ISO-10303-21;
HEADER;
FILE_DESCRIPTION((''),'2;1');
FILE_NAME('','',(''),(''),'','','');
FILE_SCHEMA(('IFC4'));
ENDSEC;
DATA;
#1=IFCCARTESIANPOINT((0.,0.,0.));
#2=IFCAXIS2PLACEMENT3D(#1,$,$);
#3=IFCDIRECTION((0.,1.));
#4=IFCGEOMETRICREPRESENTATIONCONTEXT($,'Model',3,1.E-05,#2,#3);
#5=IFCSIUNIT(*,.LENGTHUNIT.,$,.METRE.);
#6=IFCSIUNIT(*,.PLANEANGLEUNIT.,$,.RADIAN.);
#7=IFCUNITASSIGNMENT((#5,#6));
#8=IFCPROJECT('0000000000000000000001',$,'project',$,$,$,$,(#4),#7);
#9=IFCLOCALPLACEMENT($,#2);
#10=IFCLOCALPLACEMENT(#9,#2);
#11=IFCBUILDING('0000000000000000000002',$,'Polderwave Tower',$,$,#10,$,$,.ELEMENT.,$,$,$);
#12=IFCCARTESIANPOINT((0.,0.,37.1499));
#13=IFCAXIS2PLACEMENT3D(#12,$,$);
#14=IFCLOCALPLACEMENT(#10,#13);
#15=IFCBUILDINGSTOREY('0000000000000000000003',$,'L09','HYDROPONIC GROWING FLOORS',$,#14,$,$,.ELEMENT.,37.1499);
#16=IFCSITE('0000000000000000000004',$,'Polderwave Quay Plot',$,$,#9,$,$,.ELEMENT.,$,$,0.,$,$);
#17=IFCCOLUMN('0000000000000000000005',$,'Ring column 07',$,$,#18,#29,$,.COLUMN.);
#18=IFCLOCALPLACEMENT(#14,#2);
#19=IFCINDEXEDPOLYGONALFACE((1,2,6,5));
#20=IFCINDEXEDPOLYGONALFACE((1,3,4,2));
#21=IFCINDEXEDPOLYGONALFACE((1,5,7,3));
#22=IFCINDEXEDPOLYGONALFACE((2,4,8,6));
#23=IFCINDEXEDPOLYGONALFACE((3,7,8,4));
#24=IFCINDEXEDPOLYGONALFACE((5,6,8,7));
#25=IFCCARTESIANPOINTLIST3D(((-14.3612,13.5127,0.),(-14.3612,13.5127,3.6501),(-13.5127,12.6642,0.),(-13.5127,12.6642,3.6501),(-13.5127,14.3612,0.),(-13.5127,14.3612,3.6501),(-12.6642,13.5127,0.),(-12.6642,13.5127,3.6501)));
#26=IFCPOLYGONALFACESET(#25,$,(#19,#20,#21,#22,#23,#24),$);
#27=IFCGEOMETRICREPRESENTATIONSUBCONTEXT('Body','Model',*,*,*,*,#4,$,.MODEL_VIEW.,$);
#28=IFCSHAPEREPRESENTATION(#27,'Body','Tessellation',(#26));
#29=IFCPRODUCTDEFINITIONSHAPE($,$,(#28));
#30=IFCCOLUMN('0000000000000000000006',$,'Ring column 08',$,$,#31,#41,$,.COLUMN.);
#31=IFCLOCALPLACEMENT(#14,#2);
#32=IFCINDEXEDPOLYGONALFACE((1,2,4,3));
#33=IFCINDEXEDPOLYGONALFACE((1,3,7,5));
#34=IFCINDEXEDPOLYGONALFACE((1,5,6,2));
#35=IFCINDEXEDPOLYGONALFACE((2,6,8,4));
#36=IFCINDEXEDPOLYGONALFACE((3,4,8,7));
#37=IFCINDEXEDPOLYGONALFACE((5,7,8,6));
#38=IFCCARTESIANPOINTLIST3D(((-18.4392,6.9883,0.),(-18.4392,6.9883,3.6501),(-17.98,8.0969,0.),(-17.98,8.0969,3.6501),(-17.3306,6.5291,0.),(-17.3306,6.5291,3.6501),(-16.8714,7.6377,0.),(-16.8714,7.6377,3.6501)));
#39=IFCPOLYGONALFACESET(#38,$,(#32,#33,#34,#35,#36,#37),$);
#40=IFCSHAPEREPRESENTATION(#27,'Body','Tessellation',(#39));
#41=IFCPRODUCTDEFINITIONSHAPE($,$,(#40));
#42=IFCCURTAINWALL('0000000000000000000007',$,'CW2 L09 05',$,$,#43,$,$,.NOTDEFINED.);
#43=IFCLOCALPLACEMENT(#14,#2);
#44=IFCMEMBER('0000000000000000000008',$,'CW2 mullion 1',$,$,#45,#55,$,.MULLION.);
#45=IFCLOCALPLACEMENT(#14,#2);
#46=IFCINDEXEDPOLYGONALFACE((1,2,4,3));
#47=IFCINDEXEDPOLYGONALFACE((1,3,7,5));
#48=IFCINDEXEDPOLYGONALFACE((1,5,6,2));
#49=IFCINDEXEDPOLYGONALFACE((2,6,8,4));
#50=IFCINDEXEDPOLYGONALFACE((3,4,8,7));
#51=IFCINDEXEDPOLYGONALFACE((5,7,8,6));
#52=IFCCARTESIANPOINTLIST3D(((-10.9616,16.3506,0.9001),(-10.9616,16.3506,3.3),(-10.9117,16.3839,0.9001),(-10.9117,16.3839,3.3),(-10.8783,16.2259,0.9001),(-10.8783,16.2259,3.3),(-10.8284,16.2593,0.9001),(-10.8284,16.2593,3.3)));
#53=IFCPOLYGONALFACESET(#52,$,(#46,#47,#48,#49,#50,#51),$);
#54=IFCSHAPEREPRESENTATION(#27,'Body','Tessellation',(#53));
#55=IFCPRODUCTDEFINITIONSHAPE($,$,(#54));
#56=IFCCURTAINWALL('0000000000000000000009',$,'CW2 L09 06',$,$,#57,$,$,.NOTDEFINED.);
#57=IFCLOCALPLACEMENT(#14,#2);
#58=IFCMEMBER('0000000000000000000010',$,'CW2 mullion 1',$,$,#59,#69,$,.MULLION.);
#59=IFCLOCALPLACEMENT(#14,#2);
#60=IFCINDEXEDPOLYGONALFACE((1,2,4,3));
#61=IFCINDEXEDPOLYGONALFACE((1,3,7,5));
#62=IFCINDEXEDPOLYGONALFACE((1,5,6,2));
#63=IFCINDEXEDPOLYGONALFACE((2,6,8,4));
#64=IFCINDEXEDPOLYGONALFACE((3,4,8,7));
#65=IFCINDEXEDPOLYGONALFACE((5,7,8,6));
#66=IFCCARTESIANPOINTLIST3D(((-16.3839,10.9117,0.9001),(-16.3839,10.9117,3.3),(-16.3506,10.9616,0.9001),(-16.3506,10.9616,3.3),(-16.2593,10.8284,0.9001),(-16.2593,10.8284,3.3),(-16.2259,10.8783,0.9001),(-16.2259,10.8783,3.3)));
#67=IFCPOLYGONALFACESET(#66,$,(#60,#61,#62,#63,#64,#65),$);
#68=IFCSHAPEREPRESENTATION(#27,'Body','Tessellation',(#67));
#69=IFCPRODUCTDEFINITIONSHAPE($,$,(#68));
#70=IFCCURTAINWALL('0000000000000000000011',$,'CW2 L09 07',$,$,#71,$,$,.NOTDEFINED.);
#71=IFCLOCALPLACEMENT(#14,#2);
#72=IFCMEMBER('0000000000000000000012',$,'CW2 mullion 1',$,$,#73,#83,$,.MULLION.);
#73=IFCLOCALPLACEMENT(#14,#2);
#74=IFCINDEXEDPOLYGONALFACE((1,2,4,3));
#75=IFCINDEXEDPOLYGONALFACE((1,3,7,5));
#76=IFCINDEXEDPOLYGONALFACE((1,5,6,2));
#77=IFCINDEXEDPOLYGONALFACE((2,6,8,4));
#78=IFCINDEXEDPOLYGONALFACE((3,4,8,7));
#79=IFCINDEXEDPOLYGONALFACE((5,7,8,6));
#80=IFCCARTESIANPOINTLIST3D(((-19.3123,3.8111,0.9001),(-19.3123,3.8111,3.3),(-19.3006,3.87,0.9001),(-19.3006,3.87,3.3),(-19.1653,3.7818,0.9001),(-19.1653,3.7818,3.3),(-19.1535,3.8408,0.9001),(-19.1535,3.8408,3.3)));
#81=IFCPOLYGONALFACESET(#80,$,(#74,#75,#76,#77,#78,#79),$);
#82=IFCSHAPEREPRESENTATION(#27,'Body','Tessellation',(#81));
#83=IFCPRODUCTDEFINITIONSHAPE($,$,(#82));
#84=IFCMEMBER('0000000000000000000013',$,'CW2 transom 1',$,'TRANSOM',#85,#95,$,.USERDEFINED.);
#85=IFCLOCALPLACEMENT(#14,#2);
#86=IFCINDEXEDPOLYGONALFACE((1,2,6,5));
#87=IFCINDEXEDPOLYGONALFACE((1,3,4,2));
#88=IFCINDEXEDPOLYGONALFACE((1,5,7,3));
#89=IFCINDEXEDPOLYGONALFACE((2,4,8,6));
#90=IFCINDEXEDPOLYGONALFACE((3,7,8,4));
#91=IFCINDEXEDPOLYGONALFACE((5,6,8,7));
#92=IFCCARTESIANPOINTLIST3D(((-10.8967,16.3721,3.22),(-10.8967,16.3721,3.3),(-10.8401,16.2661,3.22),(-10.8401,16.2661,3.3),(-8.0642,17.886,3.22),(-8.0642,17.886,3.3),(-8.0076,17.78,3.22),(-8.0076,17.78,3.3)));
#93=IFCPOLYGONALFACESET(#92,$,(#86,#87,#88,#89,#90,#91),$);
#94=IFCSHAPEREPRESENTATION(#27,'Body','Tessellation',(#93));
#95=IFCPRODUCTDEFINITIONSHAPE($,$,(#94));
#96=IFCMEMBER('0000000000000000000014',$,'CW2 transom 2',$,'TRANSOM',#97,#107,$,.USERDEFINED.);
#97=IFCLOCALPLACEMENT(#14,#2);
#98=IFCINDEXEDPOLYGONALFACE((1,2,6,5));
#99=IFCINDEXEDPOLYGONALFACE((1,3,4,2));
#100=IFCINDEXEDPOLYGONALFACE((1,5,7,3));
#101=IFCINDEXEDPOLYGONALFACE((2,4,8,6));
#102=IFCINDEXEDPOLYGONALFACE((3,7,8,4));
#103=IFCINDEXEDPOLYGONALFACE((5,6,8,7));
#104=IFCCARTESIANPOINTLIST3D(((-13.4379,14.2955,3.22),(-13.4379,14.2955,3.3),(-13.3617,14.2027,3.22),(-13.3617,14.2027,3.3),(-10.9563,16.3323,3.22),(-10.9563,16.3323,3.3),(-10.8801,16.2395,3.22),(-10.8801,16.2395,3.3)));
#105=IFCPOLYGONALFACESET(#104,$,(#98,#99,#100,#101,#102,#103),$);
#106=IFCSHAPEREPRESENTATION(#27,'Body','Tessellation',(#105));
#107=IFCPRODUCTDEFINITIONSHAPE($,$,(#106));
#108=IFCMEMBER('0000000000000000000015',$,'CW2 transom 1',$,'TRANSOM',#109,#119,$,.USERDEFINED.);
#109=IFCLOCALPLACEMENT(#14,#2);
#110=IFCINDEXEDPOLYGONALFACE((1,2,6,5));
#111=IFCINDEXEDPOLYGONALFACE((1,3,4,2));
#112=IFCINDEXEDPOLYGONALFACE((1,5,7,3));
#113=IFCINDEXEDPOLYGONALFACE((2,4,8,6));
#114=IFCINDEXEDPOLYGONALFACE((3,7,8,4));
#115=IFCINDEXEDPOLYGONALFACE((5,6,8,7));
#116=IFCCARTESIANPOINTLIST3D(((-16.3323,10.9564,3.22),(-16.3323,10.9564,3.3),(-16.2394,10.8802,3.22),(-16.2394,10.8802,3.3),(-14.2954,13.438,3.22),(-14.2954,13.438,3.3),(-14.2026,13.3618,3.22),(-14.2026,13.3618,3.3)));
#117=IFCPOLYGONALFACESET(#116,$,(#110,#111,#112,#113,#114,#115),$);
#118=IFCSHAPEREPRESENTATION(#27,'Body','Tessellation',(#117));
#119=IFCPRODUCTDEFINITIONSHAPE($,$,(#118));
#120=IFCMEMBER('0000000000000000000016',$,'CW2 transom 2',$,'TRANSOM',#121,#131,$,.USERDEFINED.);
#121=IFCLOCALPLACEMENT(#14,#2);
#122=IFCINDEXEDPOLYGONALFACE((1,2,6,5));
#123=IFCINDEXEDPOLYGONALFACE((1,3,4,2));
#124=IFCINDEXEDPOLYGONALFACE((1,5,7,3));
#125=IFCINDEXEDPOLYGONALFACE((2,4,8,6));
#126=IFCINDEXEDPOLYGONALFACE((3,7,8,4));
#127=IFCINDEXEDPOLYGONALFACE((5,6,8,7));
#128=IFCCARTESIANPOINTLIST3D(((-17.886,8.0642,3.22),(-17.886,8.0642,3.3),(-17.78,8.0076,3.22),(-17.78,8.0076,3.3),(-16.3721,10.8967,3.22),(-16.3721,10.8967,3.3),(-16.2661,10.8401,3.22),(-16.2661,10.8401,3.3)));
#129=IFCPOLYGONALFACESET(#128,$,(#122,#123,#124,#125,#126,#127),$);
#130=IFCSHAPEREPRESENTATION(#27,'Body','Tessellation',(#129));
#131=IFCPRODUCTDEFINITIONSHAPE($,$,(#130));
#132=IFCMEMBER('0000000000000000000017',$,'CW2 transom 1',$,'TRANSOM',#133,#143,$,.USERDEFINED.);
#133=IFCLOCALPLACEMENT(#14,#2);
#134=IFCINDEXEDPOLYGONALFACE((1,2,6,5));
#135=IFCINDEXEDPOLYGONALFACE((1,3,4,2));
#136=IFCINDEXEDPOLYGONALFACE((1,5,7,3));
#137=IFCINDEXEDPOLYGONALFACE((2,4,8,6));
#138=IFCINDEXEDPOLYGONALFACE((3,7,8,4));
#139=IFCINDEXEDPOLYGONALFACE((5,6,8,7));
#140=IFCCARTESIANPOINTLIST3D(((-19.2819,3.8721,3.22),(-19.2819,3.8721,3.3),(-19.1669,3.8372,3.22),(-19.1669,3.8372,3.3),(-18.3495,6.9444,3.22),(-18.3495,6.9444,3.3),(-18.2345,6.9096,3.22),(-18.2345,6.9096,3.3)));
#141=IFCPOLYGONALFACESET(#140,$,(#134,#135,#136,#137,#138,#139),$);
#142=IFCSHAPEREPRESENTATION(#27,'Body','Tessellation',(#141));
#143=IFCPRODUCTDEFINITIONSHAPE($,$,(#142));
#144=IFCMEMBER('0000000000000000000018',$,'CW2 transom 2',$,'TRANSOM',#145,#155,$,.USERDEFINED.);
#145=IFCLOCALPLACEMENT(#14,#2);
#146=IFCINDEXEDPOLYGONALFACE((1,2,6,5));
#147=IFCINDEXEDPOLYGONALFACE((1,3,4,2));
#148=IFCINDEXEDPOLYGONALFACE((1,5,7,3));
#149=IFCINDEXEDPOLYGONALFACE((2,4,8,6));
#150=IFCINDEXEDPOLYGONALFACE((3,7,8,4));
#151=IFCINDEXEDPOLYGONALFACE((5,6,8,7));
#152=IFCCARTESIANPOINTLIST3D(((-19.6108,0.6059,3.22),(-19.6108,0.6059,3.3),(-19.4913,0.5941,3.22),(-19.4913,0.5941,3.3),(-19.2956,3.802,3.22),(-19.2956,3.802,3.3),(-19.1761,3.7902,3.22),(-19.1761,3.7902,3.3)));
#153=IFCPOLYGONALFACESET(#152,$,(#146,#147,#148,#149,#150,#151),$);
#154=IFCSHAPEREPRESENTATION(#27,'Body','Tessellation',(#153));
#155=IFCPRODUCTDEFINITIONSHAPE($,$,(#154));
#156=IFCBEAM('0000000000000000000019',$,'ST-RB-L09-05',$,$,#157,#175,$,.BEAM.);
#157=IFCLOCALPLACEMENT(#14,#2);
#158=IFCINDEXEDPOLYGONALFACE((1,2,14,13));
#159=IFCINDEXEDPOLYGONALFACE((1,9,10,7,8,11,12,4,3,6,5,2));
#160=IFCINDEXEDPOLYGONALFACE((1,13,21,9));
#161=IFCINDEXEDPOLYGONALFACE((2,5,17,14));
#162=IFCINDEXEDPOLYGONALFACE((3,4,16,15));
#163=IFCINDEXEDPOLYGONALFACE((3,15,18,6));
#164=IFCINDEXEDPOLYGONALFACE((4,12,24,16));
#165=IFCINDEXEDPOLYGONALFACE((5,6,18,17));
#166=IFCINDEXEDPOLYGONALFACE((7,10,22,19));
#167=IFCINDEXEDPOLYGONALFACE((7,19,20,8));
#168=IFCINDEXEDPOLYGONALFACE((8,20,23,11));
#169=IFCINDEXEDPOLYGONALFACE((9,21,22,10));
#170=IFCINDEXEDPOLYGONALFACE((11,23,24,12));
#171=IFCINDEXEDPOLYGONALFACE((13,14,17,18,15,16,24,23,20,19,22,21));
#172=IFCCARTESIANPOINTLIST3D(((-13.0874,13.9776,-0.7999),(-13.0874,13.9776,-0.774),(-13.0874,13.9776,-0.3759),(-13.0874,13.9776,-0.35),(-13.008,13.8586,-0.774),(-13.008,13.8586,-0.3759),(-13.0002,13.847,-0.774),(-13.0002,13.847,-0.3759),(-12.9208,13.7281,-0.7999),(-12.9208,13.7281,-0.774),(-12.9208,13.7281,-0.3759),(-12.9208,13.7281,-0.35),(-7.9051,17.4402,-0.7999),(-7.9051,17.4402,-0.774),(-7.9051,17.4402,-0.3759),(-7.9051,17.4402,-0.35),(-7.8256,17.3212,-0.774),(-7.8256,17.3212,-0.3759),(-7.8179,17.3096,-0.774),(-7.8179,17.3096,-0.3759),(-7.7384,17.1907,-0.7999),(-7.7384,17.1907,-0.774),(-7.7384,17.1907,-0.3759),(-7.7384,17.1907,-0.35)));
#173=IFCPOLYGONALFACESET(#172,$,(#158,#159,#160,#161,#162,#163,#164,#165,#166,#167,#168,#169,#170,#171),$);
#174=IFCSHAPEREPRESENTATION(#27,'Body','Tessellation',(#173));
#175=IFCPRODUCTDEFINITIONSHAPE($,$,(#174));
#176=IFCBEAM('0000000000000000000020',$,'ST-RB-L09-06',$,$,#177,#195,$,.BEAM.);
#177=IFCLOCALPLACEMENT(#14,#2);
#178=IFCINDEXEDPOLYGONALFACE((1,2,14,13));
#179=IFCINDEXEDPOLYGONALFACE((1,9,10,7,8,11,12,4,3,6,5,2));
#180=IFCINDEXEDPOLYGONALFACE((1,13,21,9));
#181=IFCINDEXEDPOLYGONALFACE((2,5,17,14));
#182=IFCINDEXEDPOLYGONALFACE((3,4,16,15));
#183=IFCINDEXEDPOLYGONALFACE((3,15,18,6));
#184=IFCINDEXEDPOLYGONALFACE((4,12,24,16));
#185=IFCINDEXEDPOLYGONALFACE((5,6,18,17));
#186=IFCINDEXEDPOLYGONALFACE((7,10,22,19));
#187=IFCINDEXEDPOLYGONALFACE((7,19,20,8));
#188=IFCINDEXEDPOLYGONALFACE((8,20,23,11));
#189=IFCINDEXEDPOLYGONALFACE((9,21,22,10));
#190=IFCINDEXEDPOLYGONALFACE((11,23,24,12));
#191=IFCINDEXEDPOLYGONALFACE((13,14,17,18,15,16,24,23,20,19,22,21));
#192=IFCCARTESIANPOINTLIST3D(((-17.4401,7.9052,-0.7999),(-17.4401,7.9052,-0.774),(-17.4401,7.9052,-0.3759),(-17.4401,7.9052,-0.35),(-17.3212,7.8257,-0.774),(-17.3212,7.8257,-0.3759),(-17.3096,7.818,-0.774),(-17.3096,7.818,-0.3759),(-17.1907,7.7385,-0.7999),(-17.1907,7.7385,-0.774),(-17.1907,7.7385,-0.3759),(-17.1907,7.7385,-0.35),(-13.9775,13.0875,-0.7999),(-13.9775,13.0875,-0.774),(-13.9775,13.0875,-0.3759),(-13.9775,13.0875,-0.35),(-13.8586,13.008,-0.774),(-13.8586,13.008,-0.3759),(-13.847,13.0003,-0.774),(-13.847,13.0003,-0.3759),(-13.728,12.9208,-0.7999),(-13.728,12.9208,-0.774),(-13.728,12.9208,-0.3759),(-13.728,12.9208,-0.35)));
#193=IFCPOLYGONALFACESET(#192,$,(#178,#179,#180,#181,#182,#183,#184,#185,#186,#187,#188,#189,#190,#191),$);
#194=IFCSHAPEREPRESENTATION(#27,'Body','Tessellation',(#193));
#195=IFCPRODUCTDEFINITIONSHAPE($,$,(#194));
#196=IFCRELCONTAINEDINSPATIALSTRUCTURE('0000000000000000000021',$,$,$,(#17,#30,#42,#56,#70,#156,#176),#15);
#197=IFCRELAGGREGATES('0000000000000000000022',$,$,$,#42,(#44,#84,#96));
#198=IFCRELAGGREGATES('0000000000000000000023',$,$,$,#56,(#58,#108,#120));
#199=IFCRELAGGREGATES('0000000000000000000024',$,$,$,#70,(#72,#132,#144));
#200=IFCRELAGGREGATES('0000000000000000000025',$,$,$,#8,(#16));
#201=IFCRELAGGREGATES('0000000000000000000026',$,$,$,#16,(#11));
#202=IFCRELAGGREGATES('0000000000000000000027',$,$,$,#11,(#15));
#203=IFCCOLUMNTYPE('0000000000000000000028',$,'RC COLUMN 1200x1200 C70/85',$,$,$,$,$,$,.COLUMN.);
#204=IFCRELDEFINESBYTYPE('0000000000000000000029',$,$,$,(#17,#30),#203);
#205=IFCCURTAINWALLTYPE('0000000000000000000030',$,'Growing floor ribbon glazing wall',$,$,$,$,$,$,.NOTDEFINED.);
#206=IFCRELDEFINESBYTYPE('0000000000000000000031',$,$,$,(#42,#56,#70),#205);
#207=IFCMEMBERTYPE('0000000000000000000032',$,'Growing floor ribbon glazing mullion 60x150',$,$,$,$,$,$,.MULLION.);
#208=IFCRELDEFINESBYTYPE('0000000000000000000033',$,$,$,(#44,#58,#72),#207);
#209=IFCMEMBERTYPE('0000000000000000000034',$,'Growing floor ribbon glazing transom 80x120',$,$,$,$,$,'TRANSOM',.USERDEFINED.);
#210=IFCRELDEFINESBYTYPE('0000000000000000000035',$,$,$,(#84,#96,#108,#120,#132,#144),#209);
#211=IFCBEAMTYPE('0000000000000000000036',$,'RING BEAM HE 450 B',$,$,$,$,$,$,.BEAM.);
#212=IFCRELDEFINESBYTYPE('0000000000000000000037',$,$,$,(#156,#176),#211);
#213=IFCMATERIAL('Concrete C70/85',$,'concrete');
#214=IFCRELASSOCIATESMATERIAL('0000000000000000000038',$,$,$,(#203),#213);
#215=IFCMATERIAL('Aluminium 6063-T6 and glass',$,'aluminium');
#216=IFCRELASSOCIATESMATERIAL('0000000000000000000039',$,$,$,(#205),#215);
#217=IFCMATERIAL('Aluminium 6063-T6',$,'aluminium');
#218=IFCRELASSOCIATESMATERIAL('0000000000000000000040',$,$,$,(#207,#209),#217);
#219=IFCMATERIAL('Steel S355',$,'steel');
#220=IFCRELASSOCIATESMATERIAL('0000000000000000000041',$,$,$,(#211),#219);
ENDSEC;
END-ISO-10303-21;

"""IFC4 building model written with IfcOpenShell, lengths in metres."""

from ifc_helpers import new_model, si_unit, direction, frame, origin, origin_2d, place, context, subcontext, project, spatial, rectangle, i_section, extrude, material, material_profile, profile_set, type_object, element, aggregate, save


model = new_model("IFC4")

# Units and contexts
model_context = context("Model", 3, precision=1e-05, world=origin(), true_north=direction((0.0, 1.0)))
body_context = subcontext(model_context, "Body", "Model", "MODEL_VIEW")
ifc_project = project(units=[si_unit("LENGTHUNIT", "METRE"), si_unit("PLANEANGLEUNIT", "RADIAN")], contexts=[model_context])

# Site, building, storey
site_placement = place(None, origin())
site = spatial("IfcSite", under=ifc_project, at=site_placement, Name="Polderwave Quay Plot", CompositionType="ELEMENT", RefElevation=0.0)
building_placement = place(site_placement, origin())
building = spatial("IfcBuilding", under=site, at=building_placement, Name="Polderwave Tower", CompositionType="ELEMENT")
storey_placement = place(building_placement, frame((0.0, 0.0, 37.1499)))
storey = spatial("IfcBuildingStorey", under=building, at=storey_placement, Name="L09", Description="HYDROPONIC GROWING FLOORS", CompositionType="ELEMENT", Elevation=37.1499)

# Columns
ifc_material_1 = material(Name="Concrete C70/85", Category="concrete")
ifc_material_profile_1 = material_profile(ifc_material_1, rectangle(XDim=1.2, YDim=1.2, at=origin_2d()), Name="RC 1200x1200")
ifc_profile_set_1 = profile_set([ifc_material_profile_1], Name="Concrete C70/85")
column_type = type_object("IfcColumnType", Name="RC COLUMN 1200x1200 C70/85", PredefinedType="COLUMN", material=ifc_profile_set_1)
for number, where, z_axis, x_axis, name in (
    (1, (-13.5127, 13.5127, 0.0), (0.0, 0.0, 1.0), (-0.707107, 0.707107, 0.0), "Ring column 07"),
    (2, (-17.6553, 7.313, 0.0), (0.0, 0.0, 1.0), (-0.92388, 0.382683, 0.0), "Ring column 08"),
):
    element("IfcColumn", number, at=place(storey_placement, frame(where, z_axis=z_axis, x_axis=x_axis)), inside=storey, type_object=column_type, Name=name, PredefinedType="COLUMN", context=body_context, shape_type="SweptSolid", body=[
        extrude(rectangle(XDim=1.2, YDim=1.2, at=origin_2d()), origin(), (0.0, 0.0, 1.0), 3.6501),
    ])

# Curtain walls, members
ifc_material_2 = material(Name="Aluminium 6063-T6 and glass", Category="aluminium")
curtain_wall_type = type_object("IfcCurtainWallType", Name="Growing floor ribbon glazing wall", PredefinedType="NOTDEFINED", material=ifc_material_2)
curtain_wall_1_placement = place(storey_placement, origin())
curtain_wall_1 = element("IfcCurtainWall", 3, at=curtain_wall_1_placement, inside=storey, type_object=curtain_wall_type, Name="CW2 L09 05", PredefinedType="NOTDEFINED")
ifc_material_3 = material(Name="Aluminium 6063-T6", Category="aluminium")
ifc_material_profile_2 = material_profile(ifc_material_3, rectangle(XDim=0.1499, YDim=0.0601, at=origin_2d()), Name="AL 60x150")
ifc_profile_set_2 = profile_set([ifc_material_profile_2], Name="Aluminium 6063-T6")
member_type_1 = type_object("IfcMemberType", Name="Growing floor ribbon glazing mullion 60x150", PredefinedType="MULLION", material=ifc_profile_set_2)
member_1_placement = place(storey_placement, frame((-10.895, 16.3049, 0.9001), z_axis=(0.0, 0.0, 1.0), x_axis=(0.555572, -0.831469, 0.0)))
member_1 = element("IfcMember", 4, at=member_1_placement, type_object=member_type_1, Name="CW2 mullion 1", PredefinedType="MULLION", context=body_context, shape_type="SweptSolid", body=[
    extrude(rectangle(XDim=0.1499, YDim=0.0601, at=origin_2d()), origin(), (0.0, 0.0, 1.0), 2.3999),
])
curtain_wall_2_placement = place(storey_placement, origin())
curtain_wall_2 = element("IfcCurtainWall", 5, at=curtain_wall_2_placement, inside=storey, type_object=curtain_wall_type, Name="CW2 L09 06", PredefinedType="NOTDEFINED")
member_2_placement = place(storey_placement, frame((-16.3049, 10.895, 0.9001), z_axis=(0.0, 0.0, 1.0), x_axis=(0.831469, -0.555572, 0.0)))
member_2 = element("IfcMember", 6, at=member_2_placement, type_object=member_type_1, Name="CW2 mullion 1", PredefinedType="MULLION", context=body_context, shape_type="SweptSolid", body=[
    extrude(rectangle(XDim=0.1499, YDim=0.0601, at=origin_2d()), origin(), (0.0, 0.0, 1.0), 2.3999),
])
curtain_wall_3_placement = place(storey_placement, origin())
curtain_wall_3 = element("IfcCurtainWall", 7, at=curtain_wall_3_placement, inside=storey, type_object=curtain_wall_type, Name="CW2 L09 07", PredefinedType="NOTDEFINED")
member_3_placement = place(storey_placement, frame((-19.2329, 3.8259, 0.9001), z_axis=(0.0, 0.0, 1.0), x_axis=(0.980768, -0.195178, 0.0)))
member_3 = element("IfcMember", 8, at=member_3_placement, type_object=member_type_1, Name="CW2 mullion 1", PredefinedType="MULLION", context=body_context, shape_type="SweptSolid", body=[
    extrude(rectangle(XDim=0.1499, YDim=0.0601, at=origin_2d()), origin(), (0.0, 0.0, 1.0), 2.3999),
])

# Members
ifc_material_profile_3 = material_profile(ifc_material_3, rectangle(XDim=0.1201, YDim=0.0801, at=origin_2d()), Name="AL 80x120")
ifc_profile_set_3 = profile_set([ifc_material_profile_3], Name="Aluminium 6063-T6")
member_type_2 = type_object("IfcMemberType", Name="Growing floor ribbon glazing transom 80x120", ElementType="TRANSOM", PredefinedType="USERDEFINED", material=ifc_profile_set_3)
member_4_placement = place(storey_placement, frame((-8.0359, 17.833, 3.26), z_axis=(-0.881934, -0.471373, 0.0), x_axis=(0.471373, -0.881934, 0.0)))
member_4 = element("IfcMember", 9, at=member_4_placement, type_object=member_type_2, Name="CW2 transom 1", ObjectType="TRANSOM", PredefinedType="USERDEFINED", context=body_context, shape_type="SweptSolid", body=[
    extrude(rectangle(XDim=0.1201, YDim=0.0801, at=origin_2d()), origin(), (0.0, 0.0, 1.0), 3.2117),
])
member_5_placement = place(storey_placement, frame((-10.9182, 16.2859, 3.26), z_axis=(-0.772981, -0.63443, 0.0), x_axis=(0.63443, -0.772981, 0.0)))
member_5 = element("IfcMember", 10, at=member_5_placement, type_object=member_type_2, Name="CW2 transom 2", ObjectType="TRANSOM", PredefinedType="USERDEFINED", context=body_context, shape_type="SweptSolid", body=[
    extrude(rectangle(XDim=0.1201, YDim=0.0801, at=origin_2d()), origin(), (0.0, 0.0, 1.0), 3.2104),
])
member_6_placement = place(storey_placement, frame((-14.249, 13.3999, 3.26), z_axis=(-0.63443, -0.772981, 0.0), x_axis=(0.772981, -0.63443, 0.0)))
member_6 = element("IfcMember", 11, at=member_6_placement, type_object=member_type_2, Name="CW2 transom 1", ObjectType="TRANSOM", PredefinedType="USERDEFINED", context=body_context, shape_type="SweptSolid", body=[
    extrude(rectangle(XDim=0.1201, YDim=0.0801, at=origin_2d()), origin(), (0.0, 0.0, 1.0), 3.2104),
])
member_7_placement = place(storey_placement, frame((-16.3191, 10.8684, 3.26), z_axis=(-0.471373, -0.881934, 0.0), x_axis=(0.881934, -0.471373, 0.0)))
member_7 = element("IfcMember", 12, at=member_7_placement, type_object=member_type_2, Name="CW2 transom 2", ObjectType="TRANSOM", PredefinedType="USERDEFINED", context=body_context, shape_type="SweptSolid", body=[
    extrude(rectangle(XDim=0.1201, YDim=0.0801, at=origin_2d()), origin(), (0.0, 0.0, 1.0), 3.2117),
])
member_8_placement = place(storey_placement, frame((-18.292, 6.927, 3.26), z_axis=(-0.290402, -0.956905, 0.0), x_axis=(0.956905, -0.290402, 0.0)))
member_8 = element("IfcMember", 13, at=member_8_placement, type_object=member_type_2, Name="CW2 transom 1", ObjectType="TRANSOM", PredefinedType="USERDEFINED", context=body_context, shape_type="SweptSolid", body=[
    extrude(rectangle(XDim=0.1201, YDim=0.0801, at=origin_2d()), origin(), (0.0, 0.0, 1.0), 3.2107),
])
member_9_placement = place(storey_placement, frame((-19.2358, 3.7961, 3.26), z_axis=(-0.098141, -0.995172, 0.0), x_axis=(0.995172, -0.098141, 0.0)))
member_9 = element("IfcMember", 14, at=member_9_placement, type_object=member_type_2, Name="CW2 transom 2", ObjectType="TRANSOM", PredefinedType="USERDEFINED", context=body_context, shape_type="SweptSolid", body=[
    extrude(rectangle(XDim=0.1201, YDim=0.0801, at=origin_2d()), origin(), (0.0, 0.0, 1.0), 3.2117),
])

# Beams
ifc_material_4 = material(Name="Steel S355", Category="steel")
ifc_material_profile_4 = material_profile(ifc_material_4, i_section(OverallWidth=0.3, OverallDepth=0.45, WebThickness=0.0139, FlangeThickness=0.0259, at=origin_2d()), Name="HE 450 B")
ifc_profile_set_4 = profile_set([ifc_material_profile_4], Name="Steel S355")
beam_type = type_object("IfcBeamType", Name="RING BEAM HE 450 B", PredefinedType="BEAM", material=ifc_profile_set_4)
for number, where, z_axis, x_axis, name in (
    (15, (-7.8218, 17.3154, -0.575), (-0.831477, -0.555559, 0.0), (0.555559, -0.831477, 0.0), "ST-RB-L09-05"),
    (16, (-13.8528, 13.0042, -0.575), (-0.555559, -0.831477, 0.0), (0.831477, -0.555559, 0.0), "ST-RB-L09-06"),
):
    element("IfcBeam", number, at=place(storey_placement, frame(where, z_axis=z_axis, x_axis=x_axis)), inside=storey, type_object=beam_type, Name=name, PredefinedType="BEAM", context=body_context, shape_type="SweptSolid", body=[
        extrude(i_section(OverallWidth=0.3, OverallDepth=0.45, WebThickness=0.0139, FlangeThickness=0.0259, at=origin_2d()), origin(), (0.0, 0.0, 1.0), 6.2327),
    ])

aggregate(curtain_wall_1, [member_1, member_4, member_5])
aggregate(curtain_wall_2, [member_2, member_6, member_7])
aggregate(curtain_wall_3, [member_3, member_8, member_9])

save(model, "model.ifc")
